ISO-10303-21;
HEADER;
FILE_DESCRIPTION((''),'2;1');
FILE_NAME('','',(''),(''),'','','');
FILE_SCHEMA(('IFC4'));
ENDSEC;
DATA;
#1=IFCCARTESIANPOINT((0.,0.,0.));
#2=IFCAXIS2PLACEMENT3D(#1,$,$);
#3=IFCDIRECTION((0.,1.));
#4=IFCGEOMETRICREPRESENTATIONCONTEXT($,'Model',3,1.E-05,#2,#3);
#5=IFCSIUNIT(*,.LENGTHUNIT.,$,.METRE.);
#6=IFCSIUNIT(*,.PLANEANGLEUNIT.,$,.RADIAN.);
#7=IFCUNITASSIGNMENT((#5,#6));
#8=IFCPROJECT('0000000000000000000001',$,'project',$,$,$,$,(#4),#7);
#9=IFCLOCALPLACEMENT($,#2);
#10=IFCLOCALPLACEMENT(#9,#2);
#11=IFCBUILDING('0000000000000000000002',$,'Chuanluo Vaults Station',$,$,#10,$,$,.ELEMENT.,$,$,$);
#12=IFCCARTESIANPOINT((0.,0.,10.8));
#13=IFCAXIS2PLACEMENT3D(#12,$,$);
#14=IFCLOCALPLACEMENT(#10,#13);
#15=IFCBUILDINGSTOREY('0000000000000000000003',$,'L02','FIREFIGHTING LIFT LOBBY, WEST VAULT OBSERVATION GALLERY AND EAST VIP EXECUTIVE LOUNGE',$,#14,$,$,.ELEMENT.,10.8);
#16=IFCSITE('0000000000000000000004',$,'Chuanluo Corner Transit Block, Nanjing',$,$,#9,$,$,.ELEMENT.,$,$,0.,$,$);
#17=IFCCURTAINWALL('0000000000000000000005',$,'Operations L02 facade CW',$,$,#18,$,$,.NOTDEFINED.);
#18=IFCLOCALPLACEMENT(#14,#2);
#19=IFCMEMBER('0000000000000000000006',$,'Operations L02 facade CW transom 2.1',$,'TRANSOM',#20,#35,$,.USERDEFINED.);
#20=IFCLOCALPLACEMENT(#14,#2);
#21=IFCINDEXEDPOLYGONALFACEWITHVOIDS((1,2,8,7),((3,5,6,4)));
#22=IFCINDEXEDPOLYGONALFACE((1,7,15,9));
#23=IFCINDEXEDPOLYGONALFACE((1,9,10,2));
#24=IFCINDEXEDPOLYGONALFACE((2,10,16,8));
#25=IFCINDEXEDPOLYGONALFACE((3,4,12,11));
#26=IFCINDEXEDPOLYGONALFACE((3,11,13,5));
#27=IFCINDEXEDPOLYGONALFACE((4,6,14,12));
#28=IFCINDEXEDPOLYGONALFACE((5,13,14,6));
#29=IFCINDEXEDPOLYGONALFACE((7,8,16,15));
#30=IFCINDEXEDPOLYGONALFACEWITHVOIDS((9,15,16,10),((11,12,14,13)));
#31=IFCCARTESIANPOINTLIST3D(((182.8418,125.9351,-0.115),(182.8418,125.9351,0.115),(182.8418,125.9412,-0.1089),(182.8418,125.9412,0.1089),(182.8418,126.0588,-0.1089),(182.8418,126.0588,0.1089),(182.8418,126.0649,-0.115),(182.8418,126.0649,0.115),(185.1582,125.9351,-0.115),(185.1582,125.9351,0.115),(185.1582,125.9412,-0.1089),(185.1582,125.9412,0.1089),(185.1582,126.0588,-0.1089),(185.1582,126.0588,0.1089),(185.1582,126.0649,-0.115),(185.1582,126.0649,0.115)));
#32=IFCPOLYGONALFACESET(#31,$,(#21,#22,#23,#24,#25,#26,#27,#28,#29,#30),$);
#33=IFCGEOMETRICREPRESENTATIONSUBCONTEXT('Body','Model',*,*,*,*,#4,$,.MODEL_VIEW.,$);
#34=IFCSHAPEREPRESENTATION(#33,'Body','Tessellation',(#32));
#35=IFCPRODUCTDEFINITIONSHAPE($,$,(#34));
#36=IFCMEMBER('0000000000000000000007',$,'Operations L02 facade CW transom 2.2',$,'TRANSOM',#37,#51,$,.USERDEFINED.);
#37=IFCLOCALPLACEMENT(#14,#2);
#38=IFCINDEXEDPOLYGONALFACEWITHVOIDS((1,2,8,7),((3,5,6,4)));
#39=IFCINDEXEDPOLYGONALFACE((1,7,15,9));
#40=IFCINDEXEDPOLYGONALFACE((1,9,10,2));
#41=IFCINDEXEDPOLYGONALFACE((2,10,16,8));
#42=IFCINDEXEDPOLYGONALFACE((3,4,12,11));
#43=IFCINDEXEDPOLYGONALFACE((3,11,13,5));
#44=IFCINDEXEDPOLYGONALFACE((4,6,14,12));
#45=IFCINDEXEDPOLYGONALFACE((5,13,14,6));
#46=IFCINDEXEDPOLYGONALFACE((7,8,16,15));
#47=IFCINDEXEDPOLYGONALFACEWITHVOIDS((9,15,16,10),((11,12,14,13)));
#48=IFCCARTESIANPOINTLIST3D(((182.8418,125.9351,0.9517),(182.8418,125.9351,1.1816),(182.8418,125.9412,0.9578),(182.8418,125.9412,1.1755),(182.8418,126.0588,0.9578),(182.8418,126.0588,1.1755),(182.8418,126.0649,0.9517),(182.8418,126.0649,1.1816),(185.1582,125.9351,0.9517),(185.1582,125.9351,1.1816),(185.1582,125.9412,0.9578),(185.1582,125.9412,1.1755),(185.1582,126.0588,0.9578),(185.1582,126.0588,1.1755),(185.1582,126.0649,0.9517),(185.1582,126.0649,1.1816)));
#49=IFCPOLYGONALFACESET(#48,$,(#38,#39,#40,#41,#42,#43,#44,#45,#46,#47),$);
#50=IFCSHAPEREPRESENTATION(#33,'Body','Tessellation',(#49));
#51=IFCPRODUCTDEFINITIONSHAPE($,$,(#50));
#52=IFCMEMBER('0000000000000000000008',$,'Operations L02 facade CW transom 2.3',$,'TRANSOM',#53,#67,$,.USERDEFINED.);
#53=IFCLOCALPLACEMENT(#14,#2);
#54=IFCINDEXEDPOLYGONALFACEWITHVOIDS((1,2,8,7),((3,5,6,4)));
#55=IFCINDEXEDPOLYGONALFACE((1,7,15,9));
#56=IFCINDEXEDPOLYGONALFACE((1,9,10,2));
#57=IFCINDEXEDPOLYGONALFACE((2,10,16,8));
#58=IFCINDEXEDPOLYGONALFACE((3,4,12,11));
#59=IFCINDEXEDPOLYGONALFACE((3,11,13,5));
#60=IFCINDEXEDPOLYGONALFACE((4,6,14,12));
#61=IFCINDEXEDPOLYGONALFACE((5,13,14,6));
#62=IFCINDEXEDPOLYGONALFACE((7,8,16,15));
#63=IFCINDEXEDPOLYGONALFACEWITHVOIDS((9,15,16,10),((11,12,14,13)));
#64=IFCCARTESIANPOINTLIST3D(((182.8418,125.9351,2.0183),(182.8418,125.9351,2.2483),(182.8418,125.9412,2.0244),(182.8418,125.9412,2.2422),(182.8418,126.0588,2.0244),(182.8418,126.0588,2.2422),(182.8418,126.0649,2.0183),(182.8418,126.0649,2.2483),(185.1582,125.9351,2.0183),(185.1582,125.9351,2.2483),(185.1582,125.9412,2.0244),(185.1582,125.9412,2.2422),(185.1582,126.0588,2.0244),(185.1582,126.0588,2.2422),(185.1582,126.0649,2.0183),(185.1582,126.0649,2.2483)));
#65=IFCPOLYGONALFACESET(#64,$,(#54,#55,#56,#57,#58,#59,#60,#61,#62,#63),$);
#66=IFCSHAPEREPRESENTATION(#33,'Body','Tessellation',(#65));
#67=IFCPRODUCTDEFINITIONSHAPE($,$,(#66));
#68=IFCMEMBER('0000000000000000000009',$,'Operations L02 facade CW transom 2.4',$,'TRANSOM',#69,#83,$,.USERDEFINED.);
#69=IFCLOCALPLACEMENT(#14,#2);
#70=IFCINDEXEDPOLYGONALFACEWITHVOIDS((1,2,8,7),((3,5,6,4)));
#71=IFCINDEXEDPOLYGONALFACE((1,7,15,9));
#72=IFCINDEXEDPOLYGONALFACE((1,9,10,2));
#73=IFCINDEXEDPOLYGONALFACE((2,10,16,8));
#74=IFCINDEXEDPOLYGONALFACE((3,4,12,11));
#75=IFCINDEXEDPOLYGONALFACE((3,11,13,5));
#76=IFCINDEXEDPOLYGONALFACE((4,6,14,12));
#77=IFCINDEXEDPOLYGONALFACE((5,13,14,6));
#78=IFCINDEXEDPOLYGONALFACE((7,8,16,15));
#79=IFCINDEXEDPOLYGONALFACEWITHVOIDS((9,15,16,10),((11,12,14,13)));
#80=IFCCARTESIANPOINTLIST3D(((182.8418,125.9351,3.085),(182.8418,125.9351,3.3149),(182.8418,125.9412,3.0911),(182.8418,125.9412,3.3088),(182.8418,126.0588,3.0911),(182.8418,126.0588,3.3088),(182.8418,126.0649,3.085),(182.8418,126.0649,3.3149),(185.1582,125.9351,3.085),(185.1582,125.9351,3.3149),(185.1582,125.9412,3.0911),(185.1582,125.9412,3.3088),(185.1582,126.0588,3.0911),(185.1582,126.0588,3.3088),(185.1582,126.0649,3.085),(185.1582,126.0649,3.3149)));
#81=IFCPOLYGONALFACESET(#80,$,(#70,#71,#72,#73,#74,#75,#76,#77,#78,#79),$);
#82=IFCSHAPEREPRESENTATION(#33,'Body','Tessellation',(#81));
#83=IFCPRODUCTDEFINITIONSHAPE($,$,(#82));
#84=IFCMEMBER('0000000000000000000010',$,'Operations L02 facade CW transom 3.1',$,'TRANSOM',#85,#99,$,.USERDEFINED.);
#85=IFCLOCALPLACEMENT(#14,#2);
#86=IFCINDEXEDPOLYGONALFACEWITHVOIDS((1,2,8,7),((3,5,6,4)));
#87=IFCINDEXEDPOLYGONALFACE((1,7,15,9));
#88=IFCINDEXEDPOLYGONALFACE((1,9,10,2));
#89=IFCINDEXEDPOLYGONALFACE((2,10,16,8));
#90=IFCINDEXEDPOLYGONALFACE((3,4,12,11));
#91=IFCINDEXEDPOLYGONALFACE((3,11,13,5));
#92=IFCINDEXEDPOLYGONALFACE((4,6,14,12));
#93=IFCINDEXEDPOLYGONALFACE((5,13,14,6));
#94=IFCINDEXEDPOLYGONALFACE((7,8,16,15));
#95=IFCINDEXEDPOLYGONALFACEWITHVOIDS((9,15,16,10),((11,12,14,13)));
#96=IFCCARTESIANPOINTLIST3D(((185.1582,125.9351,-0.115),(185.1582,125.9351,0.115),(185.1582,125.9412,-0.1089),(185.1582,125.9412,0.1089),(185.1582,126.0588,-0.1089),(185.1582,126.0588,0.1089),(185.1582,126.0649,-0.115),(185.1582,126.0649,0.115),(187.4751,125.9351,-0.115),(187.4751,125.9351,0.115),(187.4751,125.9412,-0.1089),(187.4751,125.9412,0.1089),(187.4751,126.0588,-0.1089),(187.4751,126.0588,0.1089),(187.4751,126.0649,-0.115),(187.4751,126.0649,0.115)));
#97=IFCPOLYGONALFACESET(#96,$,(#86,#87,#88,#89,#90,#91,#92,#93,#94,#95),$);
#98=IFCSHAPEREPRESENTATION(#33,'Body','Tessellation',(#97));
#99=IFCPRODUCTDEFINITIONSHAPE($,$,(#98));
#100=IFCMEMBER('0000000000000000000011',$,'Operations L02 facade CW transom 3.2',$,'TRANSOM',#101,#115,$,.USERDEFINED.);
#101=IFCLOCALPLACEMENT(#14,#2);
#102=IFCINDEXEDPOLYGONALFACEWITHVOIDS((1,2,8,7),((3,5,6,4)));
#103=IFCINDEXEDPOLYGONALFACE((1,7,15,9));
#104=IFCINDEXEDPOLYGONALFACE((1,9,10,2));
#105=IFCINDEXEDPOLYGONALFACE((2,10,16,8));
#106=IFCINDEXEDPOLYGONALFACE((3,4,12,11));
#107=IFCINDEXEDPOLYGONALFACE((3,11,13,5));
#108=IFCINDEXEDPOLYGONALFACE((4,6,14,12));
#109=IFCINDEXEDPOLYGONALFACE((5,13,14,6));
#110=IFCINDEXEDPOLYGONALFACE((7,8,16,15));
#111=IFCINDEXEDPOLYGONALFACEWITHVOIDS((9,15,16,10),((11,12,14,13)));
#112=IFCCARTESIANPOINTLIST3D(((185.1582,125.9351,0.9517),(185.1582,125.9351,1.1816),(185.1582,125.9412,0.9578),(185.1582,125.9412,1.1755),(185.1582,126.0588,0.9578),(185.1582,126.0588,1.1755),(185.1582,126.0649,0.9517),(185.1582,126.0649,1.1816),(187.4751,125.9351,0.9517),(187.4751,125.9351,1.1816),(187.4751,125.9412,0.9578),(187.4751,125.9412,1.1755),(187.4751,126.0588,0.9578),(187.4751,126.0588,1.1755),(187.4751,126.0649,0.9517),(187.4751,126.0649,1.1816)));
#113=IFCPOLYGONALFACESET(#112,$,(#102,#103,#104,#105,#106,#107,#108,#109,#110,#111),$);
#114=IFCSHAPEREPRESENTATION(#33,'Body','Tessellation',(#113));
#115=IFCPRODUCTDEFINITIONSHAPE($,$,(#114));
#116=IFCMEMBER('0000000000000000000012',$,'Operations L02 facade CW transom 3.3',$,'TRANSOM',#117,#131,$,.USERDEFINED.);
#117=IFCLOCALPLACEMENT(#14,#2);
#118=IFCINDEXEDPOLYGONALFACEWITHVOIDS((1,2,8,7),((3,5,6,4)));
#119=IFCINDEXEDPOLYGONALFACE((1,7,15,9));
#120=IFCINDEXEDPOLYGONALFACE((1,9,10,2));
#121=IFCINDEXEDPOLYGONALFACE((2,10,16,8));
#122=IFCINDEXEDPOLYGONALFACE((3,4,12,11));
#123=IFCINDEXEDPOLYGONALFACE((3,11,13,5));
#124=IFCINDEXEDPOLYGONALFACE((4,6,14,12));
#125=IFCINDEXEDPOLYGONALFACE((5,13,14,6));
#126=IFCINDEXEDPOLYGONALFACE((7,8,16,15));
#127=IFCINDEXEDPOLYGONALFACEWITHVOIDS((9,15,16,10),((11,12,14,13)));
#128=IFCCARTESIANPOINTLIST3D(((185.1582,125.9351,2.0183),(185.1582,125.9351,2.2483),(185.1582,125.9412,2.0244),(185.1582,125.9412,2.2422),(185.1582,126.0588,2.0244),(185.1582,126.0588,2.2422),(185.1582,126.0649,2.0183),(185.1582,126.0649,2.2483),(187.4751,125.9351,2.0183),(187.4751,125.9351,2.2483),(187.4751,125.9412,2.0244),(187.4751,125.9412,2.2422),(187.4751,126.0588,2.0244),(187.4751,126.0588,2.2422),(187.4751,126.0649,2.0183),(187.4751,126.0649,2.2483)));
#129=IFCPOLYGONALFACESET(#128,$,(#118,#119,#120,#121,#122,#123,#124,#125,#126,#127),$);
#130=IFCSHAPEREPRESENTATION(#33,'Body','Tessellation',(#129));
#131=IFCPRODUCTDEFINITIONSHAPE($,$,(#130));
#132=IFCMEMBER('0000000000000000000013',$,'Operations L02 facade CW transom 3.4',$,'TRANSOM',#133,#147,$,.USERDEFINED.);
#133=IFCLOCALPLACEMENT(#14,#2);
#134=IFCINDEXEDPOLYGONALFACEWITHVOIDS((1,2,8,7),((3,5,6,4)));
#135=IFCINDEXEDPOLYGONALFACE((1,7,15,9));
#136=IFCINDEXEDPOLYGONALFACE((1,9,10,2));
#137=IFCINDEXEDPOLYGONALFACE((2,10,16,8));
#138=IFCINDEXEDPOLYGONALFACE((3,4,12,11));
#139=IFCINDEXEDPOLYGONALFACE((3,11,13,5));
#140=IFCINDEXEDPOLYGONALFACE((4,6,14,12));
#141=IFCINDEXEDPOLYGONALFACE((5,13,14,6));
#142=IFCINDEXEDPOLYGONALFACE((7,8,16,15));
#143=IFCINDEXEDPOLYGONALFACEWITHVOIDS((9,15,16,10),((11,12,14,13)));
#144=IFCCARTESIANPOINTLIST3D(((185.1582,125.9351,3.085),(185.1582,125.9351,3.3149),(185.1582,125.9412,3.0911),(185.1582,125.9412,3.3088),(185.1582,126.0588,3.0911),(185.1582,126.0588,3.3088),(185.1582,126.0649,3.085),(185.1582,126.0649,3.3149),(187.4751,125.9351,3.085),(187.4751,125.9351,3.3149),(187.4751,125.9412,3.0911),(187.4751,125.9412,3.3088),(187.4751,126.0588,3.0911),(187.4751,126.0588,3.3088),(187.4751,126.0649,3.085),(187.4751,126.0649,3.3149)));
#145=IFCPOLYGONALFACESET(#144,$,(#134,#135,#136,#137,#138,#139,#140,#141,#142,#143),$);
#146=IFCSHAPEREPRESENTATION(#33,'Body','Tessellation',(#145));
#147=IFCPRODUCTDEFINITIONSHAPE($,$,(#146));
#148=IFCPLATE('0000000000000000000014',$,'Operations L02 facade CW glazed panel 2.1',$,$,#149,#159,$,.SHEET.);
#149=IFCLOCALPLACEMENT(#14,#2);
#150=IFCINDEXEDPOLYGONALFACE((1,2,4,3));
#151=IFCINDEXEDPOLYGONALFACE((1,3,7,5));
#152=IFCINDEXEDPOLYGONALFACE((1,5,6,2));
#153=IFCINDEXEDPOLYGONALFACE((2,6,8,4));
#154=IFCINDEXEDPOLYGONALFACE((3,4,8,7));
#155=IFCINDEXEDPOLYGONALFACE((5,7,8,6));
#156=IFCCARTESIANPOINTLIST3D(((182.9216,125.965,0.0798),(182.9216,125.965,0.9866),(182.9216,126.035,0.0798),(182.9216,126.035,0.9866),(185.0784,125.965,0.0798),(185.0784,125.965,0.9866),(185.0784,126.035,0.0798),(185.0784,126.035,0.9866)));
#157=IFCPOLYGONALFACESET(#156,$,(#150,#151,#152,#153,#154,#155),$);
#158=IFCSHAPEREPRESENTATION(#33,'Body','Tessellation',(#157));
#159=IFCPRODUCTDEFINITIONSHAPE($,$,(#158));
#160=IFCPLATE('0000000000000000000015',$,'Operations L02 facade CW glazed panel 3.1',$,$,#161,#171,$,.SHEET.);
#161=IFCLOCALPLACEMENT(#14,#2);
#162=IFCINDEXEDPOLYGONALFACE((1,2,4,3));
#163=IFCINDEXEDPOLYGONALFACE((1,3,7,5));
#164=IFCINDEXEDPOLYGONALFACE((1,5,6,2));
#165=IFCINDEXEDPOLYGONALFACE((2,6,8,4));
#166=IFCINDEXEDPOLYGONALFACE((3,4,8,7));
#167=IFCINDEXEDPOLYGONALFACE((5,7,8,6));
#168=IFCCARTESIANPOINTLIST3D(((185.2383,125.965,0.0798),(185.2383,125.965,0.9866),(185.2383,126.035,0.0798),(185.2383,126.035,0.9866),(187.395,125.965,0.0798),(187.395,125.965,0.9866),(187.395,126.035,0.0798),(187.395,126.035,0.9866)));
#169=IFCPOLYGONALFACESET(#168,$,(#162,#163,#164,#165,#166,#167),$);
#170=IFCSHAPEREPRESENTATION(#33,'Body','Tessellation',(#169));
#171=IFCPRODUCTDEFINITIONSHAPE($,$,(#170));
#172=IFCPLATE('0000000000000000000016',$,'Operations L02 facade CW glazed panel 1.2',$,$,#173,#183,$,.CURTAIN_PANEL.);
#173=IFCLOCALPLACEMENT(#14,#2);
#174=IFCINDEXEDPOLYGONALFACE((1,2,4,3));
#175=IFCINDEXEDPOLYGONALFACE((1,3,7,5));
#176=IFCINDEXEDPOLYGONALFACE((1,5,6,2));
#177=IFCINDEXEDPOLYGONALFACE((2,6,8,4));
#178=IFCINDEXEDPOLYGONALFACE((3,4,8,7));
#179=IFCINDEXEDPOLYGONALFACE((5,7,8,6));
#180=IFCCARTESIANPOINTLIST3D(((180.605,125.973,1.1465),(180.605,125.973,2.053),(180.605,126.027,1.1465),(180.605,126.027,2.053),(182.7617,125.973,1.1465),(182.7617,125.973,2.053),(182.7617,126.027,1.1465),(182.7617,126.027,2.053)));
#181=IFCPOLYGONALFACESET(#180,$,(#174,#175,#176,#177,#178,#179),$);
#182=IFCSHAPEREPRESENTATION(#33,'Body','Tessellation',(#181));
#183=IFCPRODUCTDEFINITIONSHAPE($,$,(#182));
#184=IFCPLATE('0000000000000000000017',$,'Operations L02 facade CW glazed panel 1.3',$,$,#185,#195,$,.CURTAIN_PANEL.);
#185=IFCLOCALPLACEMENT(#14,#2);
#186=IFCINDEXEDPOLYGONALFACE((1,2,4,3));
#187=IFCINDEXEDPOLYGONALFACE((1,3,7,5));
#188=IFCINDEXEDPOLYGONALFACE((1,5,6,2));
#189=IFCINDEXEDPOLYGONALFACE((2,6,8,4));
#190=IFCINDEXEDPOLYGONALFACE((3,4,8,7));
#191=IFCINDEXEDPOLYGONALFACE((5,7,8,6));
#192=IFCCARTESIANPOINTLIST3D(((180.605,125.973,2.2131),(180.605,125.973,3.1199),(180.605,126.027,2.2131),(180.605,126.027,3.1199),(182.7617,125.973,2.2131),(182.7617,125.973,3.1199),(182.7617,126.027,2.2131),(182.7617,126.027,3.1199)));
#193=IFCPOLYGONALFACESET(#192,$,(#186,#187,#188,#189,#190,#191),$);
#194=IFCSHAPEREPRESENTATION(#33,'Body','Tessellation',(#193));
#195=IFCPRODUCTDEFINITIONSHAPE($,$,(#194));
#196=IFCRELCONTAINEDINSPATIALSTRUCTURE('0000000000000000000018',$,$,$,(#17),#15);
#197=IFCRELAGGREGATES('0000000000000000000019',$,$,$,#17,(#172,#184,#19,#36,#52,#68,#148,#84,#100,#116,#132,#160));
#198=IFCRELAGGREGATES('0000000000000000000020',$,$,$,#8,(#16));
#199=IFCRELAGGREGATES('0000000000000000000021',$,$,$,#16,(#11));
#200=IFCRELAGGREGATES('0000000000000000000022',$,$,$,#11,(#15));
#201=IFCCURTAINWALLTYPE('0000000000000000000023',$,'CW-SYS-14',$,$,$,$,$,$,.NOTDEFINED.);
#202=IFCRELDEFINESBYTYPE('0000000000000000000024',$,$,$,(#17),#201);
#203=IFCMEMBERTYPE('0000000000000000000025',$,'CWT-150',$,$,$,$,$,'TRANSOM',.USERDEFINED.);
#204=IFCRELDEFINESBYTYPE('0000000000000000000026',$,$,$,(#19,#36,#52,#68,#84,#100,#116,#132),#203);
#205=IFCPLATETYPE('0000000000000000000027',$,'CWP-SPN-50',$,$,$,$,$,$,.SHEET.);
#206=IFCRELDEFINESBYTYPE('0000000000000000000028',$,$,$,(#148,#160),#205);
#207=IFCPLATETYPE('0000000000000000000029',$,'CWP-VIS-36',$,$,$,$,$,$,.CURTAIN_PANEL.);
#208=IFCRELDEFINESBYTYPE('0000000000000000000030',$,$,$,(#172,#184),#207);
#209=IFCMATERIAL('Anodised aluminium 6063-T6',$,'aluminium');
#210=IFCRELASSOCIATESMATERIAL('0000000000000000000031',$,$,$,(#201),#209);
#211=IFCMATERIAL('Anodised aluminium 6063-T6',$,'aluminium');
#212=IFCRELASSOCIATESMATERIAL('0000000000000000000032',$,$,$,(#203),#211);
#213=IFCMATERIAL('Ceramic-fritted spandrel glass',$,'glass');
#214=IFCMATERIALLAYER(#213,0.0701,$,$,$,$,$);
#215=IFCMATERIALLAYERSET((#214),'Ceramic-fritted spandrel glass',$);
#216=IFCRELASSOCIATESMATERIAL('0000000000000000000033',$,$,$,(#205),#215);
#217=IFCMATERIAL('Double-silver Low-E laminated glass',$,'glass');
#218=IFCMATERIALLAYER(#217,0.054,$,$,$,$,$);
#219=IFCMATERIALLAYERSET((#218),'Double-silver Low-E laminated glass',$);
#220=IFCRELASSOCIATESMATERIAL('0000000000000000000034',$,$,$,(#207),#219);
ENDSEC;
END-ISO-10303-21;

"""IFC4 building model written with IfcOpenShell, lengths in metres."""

from ifc_helpers import new_model, si_unit, direction, frame, origin, origin_2d, place, context, subcontext, project, spatial, rectangle, hollow_rectangle, extrude, material, layer, layer_set, material_profile, profile_set, type_object, element, aggregate, save


model = new_model("IFC4")

# Units and contexts
model_context = context("Model", 3, precision=1e-05, world=origin(), true_north=direction((0.0, 1.0)))
body_context = subcontext(model_context, "Body", "Model", "MODEL_VIEW")
ifc_project = project(units=[si_unit("LENGTHUNIT", "METRE"), si_unit("PLANEANGLEUNIT", "RADIAN")], contexts=[model_context])

# Site, building, storey
site_placement = place(None, origin())
site = spatial("IfcSite", under=ifc_project, at=site_placement, Name="Chuanluo Corner Transit Block, Nanjing", CompositionType="ELEMENT", RefElevation=0.0)
building_placement = place(site_placement, origin())
building = spatial("IfcBuilding", under=site, at=building_placement, Name="Chuanluo Vaults Station", CompositionType="ELEMENT")
storey_placement = place(building_placement, frame((0.0, 0.0, 10.8)))
storey = spatial("IfcBuildingStorey", under=building, at=storey_placement, Name="L02", Description="FIREFIGHTING LIFT LOBBY, WEST VAULT OBSERVATION GALLERY AND EAST VIP EXECUTIVE LOUNGE", CompositionType="ELEMENT", Elevation=10.8)

# Curtain wall, members, plates
ifc_material_1 = material(Name="Anodised aluminium 6063-T6", Category="aluminium")
curtain_wall_type = type_object("IfcCurtainWallType", Name="CW-SYS-14", PredefinedType="NOTDEFINED", material=ifc_material_1)
curtain_wall_placement = place(storey_placement, origin())
curtain_wall = element("IfcCurtainWall", 1, at=curtain_wall_placement, inside=storey, type_object=curtain_wall_type, Name="Operations L02 facade CW", PredefinedType="NOTDEFINED")
ifc_material_2 = material(Name="Anodised aluminium 6063-T6", Category="aluminium")
ifc_material_profile_1 = material_profile(ifc_material_2, hollow_rectangle(XDim=0.1299, YDim=0.23, WallThickness=0.0061, at=origin_2d()))
ifc_profile_set_1 = profile_set([ifc_material_profile_1], Name="Anodised aluminium 6063-T6")
member_type_1 = type_object("IfcMemberType", Name="CWT-150", ElementType="TRANSOM", PredefinedType="USERDEFINED", material=ifc_profile_set_1)
member_1_placement = place(storey_placement, frame((182.8418, 126.0, 0.0), z_axis=(1.0, 0.0, 0.0), x_axis=(0.0, 1.0, 0.0)))
member_1 = element("IfcMember", 2, at=member_1_placement, type_object=member_type_1, Name="Operations L02 facade CW transom 2.1", ObjectType="TRANSOM", PredefinedType="USERDEFINED", context=body_context, shape_type="SweptSolid", body=[
    extrude(hollow_rectangle(XDim=0.1299, YDim=0.23, WallThickness=0.0061, at=origin_2d()), origin(), (0.0, 0.0, 1.0), 2.3164),
])
member_2_placement = place(storey_placement, frame((182.8418, 126.0, 1.0667), z_axis=(1.0, 0.0, 0.0), x_axis=(0.0, 1.0, 0.0)))
member_2 = element("IfcMember", 3, at=member_2_placement, type_object=member_type_1, Name="Operations L02 facade CW transom 2.2", ObjectType="TRANSOM", PredefinedType="USERDEFINED", context=body_context, shape_type="SweptSolid", body=[
    extrude(hollow_rectangle(XDim=0.1299, YDim=0.23, WallThickness=0.0061, at=origin_2d()), origin(), (0.0, 0.0, 1.0), 2.3164),
])
member_3_placement = place(storey_placement, frame((182.8418, 126.0, 2.1333), z_axis=(1.0, 0.0, 0.0), x_axis=(0.0, 1.0, 0.0)))
member_3 = element("IfcMember", 4, at=member_3_placement, type_object=member_type_1, Name="Operations L02 facade CW transom 2.3", ObjectType="TRANSOM", PredefinedType="USERDEFINED", context=body_context, shape_type="SweptSolid", body=[
    extrude(hollow_rectangle(XDim=0.1299, YDim=0.23, WallThickness=0.0061, at=origin_2d()), origin(), (0.0, 0.0, 1.0), 2.3164),
])
member_4_placement = place(storey_placement, frame((182.8418, 126.0, 3.2), z_axis=(1.0, 0.0, 0.0), x_axis=(0.0, 1.0, 0.0)))
member_4 = element("IfcMember", 5, at=member_4_placement, type_object=member_type_1, Name="Operations L02 facade CW transom 2.4", ObjectType="TRANSOM", PredefinedType="USERDEFINED", context=body_context, shape_type="SweptSolid", body=[
    extrude(hollow_rectangle(XDim=0.1299, YDim=0.23, WallThickness=0.0061, at=origin_2d()), origin(), (0.0, 0.0, 1.0), 2.3164),
])
member_5_placement = place(storey_placement, frame((185.1582, 126.0, 0.0), z_axis=(1.0, 0.0, 0.0), x_axis=(0.0, 1.0, 0.0)))
member_5 = element("IfcMember", 6, at=member_5_placement, type_object=member_type_1, Name="Operations L02 facade CW transom 3.1", ObjectType="TRANSOM", PredefinedType="USERDEFINED", context=body_context, shape_type="SweptSolid", body=[
    extrude(hollow_rectangle(XDim=0.1299, YDim=0.23, WallThickness=0.0061, at=origin_2d()), origin(), (0.0, 0.0, 1.0), 2.3169),
])
member_6_placement = place(storey_placement, frame((185.1582, 126.0, 1.0667), z_axis=(1.0, 0.0, 0.0), x_axis=(0.0, 1.0, 0.0)))
member_6 = element("IfcMember", 7, at=member_6_placement, type_object=member_type_1, Name="Operations L02 facade CW transom 3.2", ObjectType="TRANSOM", PredefinedType="USERDEFINED", context=body_context, shape_type="SweptSolid", body=[
    extrude(hollow_rectangle(XDim=0.1299, YDim=0.23, WallThickness=0.0061, at=origin_2d()), origin(), (0.0, 0.0, 1.0), 2.3169),
])
member_7_placement = place(storey_placement, frame((185.1582, 126.0, 2.1333), z_axis=(1.0, 0.0, 0.0), x_axis=(0.0, 1.0, 0.0)))
member_7 = element("IfcMember", 8, at=member_7_placement, type_object=member_type_1, Name="Operations L02 facade CW transom 3.3", ObjectType="TRANSOM", PredefinedType="USERDEFINED", context=body_context, shape_type="SweptSolid", body=[
    extrude(hollow_rectangle(XDim=0.1299, YDim=0.23, WallThickness=0.0061, at=origin_2d()), origin(), (0.0, 0.0, 1.0), 2.3169),
])
member_8_placement = place(storey_placement, frame((185.1582, 126.0, 3.2), z_axis=(1.0, 0.0, 0.0), x_axis=(0.0, 1.0, 0.0)))
member_8 = element("IfcMember", 9, at=member_8_placement, type_object=member_type_1, Name="Operations L02 facade CW transom 3.4", ObjectType="TRANSOM", PredefinedType="USERDEFINED", context=body_context, shape_type="SweptSolid", body=[
    extrude(hollow_rectangle(XDim=0.1299, YDim=0.23, WallThickness=0.0061, at=origin_2d()), origin(), (0.0, 0.0, 1.0), 2.3169),
])
ifc_material_3 = material(Name="Ceramic-fritted spandrel glass", Category="glass")
ifc_layer_1 = layer(ifc_material_3, 0.0701)
ifc_layer_set_1 = layer_set([ifc_layer_1], Name="Ceramic-fritted spandrel glass")
plate_type_1 = type_object("IfcPlateType", Name="CWP-SPN-50", PredefinedType="SHEET", material=ifc_layer_set_1)
plate_1_placement = place(storey_placement, frame((184.0, 126.0, 0.0798), z_axis=(0.0, 0.0, 1.0), x_axis=(1.0, 0.0, 0.0)))
plate_1 = element("IfcPlate", 10, at=plate_1_placement, type_object=plate_type_1, Name="Operations L02 facade CW glazed panel 2.1", PredefinedType="SHEET", context=body_context, shape_type="SweptSolid", body=[
    extrude(rectangle(XDim=2.1567, YDim=0.0701, at=origin_2d()), origin(), (0.0, 0.0, 1.0), 0.9067),
])
plate_2_placement = place(storey_placement, frame((186.3167, 126.0, 0.0798), z_axis=(0.0, 0.0, 1.0), x_axis=(1.0, 0.0, 0.0)))
plate_2 = element("IfcPlate", 11, at=plate_2_placement, type_object=plate_type_1, Name="Operations L02 facade CW glazed panel 3.1", PredefinedType="SHEET", context=body_context, shape_type="SweptSolid", body=[
    extrude(rectangle(XDim=2.1567, YDim=0.0701, at=origin_2d()), origin(), (0.0, 0.0, 1.0), 0.9067),
])
ifc_material_4 = material(Name="Double-silver Low-E laminated glass", Category="glass")
ifc_layer_2 = layer(ifc_material_4, 0.054)
ifc_layer_set_2 = layer_set([ifc_layer_2], Name="Double-silver Low-E laminated glass")
plate_type_2 = type_object("IfcPlateType", Name="CWP-VIS-36", PredefinedType="CURTAIN_PANEL", material=ifc_layer_set_2)
plate_3_placement = place(storey_placement, frame((181.6833, 126.0, 1.1465), z_axis=(0.0, 0.0, 1.0), x_axis=(1.0, 0.0, 0.0)))
plate_3 = element("IfcPlate", 12, at=plate_3_placement, type_object=plate_type_2, Name="Operations L02 facade CW glazed panel 1.2", PredefinedType="CURTAIN_PANEL", context=body_context, shape_type="SweptSolid", body=[
    extrude(rectangle(XDim=2.1567, YDim=0.054, at=origin_2d()), origin(), (0.0, 0.0, 1.0), 0.9065),
])
plate_4_placement = place(storey_placement, frame((181.6833, 126.0, 2.2131), z_axis=(0.0, 0.0, 1.0), x_axis=(1.0, 0.0, 0.0)))
plate_4 = element("IfcPlate", 13, at=plate_4_placement, type_object=plate_type_2, Name="Operations L02 facade CW glazed panel 1.3", PredefinedType="CURTAIN_PANEL", context=body_context, shape_type="SweptSolid", body=[
    extrude(rectangle(XDim=2.1567, YDim=0.054, at=origin_2d()), origin(), (0.0, 0.0, 1.0), 0.9067),
])
aggregate(curtain_wall, [plate_3, plate_4, member_1, member_2, member_3, member_4, plate_1, member_5, member_6, member_7, member_8, plate_2])

save(model, "model.ifc")
